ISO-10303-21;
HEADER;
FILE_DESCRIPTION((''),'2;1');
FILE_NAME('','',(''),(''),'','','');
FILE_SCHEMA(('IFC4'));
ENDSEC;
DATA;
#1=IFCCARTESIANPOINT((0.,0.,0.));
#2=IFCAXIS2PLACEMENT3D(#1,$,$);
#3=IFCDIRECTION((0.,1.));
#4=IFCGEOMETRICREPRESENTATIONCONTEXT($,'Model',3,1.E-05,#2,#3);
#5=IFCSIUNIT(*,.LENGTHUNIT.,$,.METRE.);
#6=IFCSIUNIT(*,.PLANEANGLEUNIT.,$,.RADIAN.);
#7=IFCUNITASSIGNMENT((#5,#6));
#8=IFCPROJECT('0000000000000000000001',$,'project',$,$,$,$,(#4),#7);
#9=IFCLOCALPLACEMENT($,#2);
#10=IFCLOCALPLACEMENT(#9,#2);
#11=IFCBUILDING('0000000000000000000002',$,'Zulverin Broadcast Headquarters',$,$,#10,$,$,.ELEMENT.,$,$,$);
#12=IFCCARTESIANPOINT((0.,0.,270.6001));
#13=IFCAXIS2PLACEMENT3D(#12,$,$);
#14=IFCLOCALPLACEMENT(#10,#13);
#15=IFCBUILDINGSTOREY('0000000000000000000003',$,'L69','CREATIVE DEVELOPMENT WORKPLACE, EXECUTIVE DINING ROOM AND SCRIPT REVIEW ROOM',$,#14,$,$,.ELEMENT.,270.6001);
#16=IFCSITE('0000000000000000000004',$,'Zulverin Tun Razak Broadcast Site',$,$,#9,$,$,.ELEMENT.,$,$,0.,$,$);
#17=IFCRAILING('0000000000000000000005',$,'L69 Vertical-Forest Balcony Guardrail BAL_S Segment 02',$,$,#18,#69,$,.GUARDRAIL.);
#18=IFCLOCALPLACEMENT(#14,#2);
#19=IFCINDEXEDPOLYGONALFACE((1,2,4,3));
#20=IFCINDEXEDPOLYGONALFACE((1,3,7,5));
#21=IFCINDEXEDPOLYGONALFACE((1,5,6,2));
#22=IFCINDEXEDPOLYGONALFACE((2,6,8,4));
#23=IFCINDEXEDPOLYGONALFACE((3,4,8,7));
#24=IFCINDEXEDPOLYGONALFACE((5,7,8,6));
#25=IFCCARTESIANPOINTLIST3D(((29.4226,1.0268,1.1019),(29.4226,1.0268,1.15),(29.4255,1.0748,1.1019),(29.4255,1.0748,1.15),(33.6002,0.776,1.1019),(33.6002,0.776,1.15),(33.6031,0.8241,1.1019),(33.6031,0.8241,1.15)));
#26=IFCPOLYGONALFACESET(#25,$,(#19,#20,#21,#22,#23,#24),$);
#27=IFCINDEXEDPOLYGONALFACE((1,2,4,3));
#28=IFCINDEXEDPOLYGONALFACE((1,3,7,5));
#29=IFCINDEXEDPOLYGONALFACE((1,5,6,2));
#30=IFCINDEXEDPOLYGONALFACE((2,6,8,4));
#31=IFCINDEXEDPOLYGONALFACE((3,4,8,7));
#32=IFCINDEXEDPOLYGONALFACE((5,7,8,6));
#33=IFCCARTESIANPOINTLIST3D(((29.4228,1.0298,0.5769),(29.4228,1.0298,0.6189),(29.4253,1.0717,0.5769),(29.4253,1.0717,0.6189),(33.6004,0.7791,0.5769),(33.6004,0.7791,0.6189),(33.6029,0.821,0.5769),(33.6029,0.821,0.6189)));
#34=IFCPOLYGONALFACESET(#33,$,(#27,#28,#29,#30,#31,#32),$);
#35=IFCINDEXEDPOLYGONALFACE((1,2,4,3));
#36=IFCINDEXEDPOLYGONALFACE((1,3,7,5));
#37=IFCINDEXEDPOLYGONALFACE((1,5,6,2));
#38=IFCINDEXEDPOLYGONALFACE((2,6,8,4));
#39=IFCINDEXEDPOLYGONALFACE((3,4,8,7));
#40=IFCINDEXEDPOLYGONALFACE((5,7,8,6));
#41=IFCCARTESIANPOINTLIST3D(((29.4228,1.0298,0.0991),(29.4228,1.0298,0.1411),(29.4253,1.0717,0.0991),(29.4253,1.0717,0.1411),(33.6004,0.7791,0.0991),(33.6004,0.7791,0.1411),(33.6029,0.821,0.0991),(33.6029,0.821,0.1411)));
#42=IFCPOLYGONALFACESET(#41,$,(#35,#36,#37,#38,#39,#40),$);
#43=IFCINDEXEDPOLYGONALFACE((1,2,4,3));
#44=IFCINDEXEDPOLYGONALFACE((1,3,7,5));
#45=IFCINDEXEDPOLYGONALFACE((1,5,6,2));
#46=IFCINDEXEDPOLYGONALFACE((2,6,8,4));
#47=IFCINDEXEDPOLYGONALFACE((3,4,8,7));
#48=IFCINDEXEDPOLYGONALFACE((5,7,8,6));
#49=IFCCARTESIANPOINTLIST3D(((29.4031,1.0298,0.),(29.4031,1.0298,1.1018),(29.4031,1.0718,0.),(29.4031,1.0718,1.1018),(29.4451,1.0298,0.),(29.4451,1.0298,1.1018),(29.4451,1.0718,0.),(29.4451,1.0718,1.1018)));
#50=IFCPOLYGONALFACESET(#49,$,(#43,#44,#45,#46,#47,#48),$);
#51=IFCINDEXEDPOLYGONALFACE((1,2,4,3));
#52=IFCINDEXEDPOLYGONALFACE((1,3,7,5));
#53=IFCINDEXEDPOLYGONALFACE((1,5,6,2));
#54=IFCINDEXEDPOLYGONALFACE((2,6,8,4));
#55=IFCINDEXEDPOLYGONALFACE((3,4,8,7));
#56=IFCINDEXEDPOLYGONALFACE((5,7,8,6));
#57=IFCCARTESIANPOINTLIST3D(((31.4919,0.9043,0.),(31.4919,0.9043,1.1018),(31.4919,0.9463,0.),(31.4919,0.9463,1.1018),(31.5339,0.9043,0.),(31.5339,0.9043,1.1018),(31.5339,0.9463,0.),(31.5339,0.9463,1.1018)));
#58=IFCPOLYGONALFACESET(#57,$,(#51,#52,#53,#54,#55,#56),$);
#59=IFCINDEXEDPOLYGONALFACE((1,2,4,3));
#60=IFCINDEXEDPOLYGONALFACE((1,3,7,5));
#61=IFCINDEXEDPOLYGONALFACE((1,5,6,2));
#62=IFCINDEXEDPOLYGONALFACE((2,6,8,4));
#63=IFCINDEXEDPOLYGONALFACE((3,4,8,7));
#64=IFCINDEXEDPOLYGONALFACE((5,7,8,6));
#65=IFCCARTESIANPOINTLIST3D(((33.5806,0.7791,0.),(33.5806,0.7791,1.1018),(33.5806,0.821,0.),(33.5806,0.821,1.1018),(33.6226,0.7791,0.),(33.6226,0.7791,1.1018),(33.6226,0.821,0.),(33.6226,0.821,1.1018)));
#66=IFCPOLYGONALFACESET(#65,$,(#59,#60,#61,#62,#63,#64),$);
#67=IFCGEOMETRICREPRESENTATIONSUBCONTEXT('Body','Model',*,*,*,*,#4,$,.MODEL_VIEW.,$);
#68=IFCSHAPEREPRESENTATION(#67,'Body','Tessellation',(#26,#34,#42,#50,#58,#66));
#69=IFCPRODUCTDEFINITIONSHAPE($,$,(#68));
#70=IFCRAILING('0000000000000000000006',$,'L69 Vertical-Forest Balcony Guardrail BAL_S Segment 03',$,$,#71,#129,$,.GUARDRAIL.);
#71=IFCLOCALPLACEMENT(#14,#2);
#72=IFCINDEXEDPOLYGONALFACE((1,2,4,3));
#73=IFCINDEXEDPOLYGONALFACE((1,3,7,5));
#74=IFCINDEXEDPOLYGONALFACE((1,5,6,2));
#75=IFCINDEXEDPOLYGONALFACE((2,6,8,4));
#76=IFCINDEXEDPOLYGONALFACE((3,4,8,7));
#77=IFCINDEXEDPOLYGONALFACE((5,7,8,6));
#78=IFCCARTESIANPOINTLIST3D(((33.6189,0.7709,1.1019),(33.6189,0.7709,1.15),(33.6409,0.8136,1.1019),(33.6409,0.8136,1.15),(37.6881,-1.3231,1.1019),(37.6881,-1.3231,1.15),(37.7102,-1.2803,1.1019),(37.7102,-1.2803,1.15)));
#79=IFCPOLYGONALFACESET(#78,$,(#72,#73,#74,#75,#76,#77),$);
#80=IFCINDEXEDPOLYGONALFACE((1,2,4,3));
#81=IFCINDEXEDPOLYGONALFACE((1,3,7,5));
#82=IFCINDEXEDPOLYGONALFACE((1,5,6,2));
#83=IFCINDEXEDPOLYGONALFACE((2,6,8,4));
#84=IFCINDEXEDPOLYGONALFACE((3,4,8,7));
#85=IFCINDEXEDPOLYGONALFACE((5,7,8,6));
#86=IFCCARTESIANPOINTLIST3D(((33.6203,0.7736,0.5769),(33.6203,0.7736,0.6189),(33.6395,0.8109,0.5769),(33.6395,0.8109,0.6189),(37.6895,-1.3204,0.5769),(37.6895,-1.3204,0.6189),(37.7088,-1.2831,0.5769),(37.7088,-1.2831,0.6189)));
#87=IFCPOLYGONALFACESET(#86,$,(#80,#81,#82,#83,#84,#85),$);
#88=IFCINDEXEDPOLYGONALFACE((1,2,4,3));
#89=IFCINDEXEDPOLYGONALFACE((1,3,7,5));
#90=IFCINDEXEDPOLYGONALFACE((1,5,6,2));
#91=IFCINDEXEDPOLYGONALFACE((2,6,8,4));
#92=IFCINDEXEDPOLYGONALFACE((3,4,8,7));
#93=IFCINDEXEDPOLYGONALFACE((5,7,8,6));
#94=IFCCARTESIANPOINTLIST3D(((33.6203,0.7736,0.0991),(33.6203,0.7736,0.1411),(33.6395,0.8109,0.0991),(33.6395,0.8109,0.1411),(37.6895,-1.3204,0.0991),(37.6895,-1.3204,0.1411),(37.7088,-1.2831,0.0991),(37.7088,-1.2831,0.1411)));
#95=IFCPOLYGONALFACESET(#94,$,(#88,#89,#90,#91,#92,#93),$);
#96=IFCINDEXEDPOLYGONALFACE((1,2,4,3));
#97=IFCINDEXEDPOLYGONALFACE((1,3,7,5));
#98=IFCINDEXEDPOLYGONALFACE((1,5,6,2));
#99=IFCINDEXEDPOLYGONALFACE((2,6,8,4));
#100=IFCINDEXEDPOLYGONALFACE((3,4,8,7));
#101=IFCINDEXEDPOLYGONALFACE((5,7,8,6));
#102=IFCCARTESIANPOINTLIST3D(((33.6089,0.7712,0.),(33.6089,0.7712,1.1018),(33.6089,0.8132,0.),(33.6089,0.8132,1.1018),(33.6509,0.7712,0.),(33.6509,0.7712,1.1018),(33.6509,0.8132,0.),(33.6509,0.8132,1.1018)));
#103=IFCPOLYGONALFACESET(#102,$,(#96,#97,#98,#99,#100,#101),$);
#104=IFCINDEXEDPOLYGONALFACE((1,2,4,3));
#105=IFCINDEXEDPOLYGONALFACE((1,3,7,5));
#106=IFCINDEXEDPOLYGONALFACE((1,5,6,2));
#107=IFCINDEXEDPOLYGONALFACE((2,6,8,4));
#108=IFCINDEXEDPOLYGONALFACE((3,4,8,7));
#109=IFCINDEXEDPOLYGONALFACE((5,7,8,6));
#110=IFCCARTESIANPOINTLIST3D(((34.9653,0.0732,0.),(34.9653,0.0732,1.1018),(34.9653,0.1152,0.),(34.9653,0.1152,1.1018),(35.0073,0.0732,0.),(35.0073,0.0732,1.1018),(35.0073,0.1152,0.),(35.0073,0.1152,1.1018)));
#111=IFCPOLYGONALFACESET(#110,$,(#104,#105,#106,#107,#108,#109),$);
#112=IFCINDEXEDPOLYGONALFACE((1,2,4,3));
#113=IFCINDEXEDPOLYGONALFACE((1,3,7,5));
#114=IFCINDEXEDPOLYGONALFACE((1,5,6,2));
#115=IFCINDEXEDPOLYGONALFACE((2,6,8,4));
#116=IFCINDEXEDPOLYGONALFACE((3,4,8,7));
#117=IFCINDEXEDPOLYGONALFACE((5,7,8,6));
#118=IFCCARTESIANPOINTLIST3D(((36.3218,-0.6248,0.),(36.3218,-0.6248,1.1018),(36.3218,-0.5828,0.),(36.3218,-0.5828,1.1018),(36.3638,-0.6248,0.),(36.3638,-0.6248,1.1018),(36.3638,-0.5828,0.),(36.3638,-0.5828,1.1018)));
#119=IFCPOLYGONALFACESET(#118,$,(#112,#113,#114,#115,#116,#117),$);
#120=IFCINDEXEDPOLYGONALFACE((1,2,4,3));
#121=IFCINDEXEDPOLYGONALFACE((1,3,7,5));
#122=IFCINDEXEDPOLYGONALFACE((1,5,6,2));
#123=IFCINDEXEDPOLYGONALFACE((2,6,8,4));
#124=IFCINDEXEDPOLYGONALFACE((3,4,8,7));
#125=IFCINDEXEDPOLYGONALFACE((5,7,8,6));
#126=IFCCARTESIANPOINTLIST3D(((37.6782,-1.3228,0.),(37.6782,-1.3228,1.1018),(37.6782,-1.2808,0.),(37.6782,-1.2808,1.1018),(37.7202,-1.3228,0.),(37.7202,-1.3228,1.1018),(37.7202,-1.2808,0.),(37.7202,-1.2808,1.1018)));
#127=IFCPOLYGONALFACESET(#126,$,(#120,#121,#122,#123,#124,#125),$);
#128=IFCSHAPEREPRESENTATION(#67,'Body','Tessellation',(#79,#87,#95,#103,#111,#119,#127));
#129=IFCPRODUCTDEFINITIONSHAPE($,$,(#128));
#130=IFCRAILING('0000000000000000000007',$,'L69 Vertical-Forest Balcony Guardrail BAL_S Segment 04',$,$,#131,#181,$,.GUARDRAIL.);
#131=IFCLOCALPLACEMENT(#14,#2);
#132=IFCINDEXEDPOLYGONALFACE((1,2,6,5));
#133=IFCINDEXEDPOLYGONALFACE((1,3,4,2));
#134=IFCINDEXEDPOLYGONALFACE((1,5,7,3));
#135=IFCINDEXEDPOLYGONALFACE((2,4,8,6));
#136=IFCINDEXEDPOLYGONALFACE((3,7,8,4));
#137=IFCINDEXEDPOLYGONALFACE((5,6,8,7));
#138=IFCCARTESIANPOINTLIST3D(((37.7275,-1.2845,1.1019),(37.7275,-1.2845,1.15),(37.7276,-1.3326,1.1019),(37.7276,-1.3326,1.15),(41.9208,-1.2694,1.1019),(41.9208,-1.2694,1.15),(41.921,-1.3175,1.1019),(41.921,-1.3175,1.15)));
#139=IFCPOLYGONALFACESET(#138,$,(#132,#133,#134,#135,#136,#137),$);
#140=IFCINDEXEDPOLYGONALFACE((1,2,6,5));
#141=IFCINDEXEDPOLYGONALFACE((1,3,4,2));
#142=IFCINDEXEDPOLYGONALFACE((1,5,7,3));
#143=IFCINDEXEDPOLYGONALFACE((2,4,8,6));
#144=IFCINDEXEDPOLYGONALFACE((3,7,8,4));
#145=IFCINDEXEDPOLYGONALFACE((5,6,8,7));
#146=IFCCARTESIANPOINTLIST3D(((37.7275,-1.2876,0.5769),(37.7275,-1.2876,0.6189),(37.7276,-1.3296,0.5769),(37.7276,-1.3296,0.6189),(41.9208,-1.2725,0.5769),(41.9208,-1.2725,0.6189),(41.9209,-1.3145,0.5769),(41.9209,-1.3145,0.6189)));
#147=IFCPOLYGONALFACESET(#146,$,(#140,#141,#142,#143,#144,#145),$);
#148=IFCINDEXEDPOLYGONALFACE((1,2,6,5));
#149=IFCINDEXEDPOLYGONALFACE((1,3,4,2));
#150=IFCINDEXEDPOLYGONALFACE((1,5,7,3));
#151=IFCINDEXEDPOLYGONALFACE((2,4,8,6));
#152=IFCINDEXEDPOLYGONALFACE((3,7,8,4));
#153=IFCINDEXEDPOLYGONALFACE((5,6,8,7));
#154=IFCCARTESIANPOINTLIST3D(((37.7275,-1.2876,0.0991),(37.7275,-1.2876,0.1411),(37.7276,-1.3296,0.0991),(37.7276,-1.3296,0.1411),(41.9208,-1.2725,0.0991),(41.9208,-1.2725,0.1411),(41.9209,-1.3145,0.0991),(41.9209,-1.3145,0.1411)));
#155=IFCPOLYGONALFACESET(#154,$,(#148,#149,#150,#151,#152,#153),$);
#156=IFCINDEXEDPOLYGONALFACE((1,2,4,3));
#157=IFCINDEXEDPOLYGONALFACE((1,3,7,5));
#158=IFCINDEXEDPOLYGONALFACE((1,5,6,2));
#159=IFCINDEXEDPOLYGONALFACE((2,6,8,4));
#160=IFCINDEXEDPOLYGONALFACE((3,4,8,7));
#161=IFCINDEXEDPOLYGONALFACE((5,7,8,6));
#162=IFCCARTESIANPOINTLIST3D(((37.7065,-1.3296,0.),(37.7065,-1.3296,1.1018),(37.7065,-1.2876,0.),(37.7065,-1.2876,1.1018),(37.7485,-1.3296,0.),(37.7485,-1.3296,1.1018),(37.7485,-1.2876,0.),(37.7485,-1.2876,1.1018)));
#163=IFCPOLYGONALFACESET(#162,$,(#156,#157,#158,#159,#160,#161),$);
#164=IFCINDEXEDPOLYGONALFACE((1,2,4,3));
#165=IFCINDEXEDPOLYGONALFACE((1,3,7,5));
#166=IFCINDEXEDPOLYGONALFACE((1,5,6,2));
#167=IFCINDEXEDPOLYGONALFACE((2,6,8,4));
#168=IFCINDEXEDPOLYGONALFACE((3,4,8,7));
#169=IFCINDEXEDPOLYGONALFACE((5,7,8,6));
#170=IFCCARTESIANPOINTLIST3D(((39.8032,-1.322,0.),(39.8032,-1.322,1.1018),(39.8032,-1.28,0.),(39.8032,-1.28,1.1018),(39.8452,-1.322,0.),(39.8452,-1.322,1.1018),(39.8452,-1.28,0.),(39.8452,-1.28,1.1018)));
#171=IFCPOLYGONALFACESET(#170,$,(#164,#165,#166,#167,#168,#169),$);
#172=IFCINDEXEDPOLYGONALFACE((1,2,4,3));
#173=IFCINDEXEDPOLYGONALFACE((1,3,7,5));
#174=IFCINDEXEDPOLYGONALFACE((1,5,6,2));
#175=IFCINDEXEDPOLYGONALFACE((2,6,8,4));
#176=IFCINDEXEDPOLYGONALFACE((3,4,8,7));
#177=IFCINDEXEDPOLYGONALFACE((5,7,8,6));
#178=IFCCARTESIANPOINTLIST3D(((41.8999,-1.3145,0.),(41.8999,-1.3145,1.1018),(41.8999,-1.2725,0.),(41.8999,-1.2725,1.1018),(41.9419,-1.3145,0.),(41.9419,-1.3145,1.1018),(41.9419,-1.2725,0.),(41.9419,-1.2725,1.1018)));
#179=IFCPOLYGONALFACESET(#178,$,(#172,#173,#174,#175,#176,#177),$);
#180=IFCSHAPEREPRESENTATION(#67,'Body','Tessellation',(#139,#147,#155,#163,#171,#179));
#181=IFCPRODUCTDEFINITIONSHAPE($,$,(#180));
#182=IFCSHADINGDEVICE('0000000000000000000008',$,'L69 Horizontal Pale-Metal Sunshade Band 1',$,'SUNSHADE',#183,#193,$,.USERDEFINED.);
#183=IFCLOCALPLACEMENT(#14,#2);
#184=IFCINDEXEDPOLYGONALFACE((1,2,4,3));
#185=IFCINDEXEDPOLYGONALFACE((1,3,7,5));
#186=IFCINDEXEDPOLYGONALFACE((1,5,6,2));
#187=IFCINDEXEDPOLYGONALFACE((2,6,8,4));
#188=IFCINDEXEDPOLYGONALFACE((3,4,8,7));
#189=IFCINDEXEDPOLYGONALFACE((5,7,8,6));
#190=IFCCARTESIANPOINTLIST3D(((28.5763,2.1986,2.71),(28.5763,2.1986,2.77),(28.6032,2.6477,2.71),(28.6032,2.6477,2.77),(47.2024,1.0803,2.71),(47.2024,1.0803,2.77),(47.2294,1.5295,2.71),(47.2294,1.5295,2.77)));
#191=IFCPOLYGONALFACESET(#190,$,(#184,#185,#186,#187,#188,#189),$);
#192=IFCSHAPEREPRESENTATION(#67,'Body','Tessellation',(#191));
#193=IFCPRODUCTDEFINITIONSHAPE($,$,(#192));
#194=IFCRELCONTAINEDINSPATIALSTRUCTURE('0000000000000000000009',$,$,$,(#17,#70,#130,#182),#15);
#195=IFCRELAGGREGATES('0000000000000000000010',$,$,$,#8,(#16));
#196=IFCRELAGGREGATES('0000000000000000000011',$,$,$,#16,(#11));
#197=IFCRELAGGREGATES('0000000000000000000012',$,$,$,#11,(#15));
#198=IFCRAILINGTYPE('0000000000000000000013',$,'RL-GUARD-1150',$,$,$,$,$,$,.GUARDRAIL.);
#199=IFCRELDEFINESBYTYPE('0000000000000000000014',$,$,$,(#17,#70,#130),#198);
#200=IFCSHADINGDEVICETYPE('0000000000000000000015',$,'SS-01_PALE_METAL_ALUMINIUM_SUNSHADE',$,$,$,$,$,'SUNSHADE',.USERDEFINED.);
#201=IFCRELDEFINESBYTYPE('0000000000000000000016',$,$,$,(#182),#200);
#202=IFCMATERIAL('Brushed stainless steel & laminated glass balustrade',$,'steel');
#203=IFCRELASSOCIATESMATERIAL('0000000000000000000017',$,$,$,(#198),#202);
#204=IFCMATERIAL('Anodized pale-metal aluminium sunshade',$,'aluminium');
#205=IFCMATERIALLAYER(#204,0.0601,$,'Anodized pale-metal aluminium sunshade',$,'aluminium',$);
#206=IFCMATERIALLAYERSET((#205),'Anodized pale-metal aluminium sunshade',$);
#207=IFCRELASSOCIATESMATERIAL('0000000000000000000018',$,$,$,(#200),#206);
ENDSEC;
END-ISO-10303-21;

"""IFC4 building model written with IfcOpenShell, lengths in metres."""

from ifc_helpers import new_model, si_unit, direction, frame, origin, origin_2d, place, context, subcontext, project, spatial, rectangle, extrude, material, layer, layer_set, type_object, element, save


model = new_model("IFC4")

# Units and contexts
model_context = context("Model", 3, precision=1e-05, world=origin(), true_north=direction((0.0, 1.0)))
body_context = subcontext(model_context, "Body", "Model", "MODEL_VIEW")
ifc_project = project(units=[si_unit("LENGTHUNIT", "METRE"), si_unit("PLANEANGLEUNIT", "RADIAN")], contexts=[model_context])

# Site, building, storey
site_placement = place(None, origin())
site = spatial("IfcSite", under=ifc_project, at=site_placement, Name="Zulverin Tun Razak Broadcast Site", CompositionType="ELEMENT", RefElevation=0.0)
building_placement = place(site_placement, origin())
building = spatial("IfcBuilding", under=site, at=building_placement, Name="Zulverin Broadcast Headquarters", CompositionType="ELEMENT")
storey_placement = place(building_placement, frame((0.0, 0.0, 270.6001)))
storey = spatial("IfcBuildingStorey", under=building, at=storey_placement, Name="L69", Description="CREATIVE DEVELOPMENT WORKPLACE, EXECUTIVE DINING ROOM AND SCRIPT REVIEW ROOM", CompositionType="ELEMENT", Elevation=270.6001)

# Railings
ifc_material_1 = material(Name="Brushed stainless steel & laminated glass balustrade", Category="steel")
railing_type = type_object("IfcRailingType", Name="RL-GUARD-1150", PredefinedType="GUARDRAIL", material=ifc_material_1)
railing_1_placement = place(storey_placement, frame((29.4241, 1.0508, 0.0)))
element("IfcRailing", 1, at=railing_1_placement, inside=storey, type_object=railing_type, Name="L69 Vertical-Forest Balcony Guardrail BAL_S Segment 02", PredefinedType="GUARDRAIL", context=body_context, shape_type="SweptSolid", body=[
    extrude(rectangle(XDim=0.0481, YDim=0.0481, at=origin_2d()), frame((0.0, 0.0, 1.126), z_axis=(0.998204, -0.059912, 0.0), x_axis=(0.059912, 0.998204, 0.0)), (0.0, 0.0, 1.0), 4.1851),
    extrude(rectangle(XDim=0.042, YDim=0.042, at=origin_2d()), frame((0.0, 0.0, 0.5979), z_axis=(0.998204, -0.059912, 0.0), x_axis=(0.059912, 0.998204, 0.0)), (0.0, 0.0, 1.0), 4.1851),
    extrude(rectangle(XDim=0.042, YDim=0.042, at=origin_2d()), frame((0.0, 0.0, 0.1201), z_axis=(0.998204, -0.059912, 0.0), x_axis=(0.059912, 0.998204, 0.0)), (0.0, 0.0, 1.0), 4.1851),
    extrude(rectangle(XDim=0.042, YDim=0.042, at=origin_2d()), origin(), (0.0, 0.0, 1.0), 1.1018),
    extrude(rectangle(XDim=0.042, YDim=0.042, at=origin_2d()), frame((2.0889, -0.1255, 0.0)), (0.0, 0.0, 1.0), 1.1018),
    extrude(rectangle(XDim=0.042, YDim=0.042, at=origin_2d()), frame((4.1775, -0.2507, 0.0)), (0.0, 0.0, 1.0), 1.1018),
])
railing_2_placement = place(storey_placement, frame((33.6299, 0.7922, 0.0)))
element("IfcRailing", 2, at=railing_2_placement, inside=storey, type_object=railing_type, Name="L69 Vertical-Forest Balcony Guardrail BAL_S Segment 03", PredefinedType="GUARDRAIL", context=body_context, shape_type="SweptSolid", body=[
    extrude(rectangle(XDim=0.0481, YDim=0.0481, at=origin_2d()), frame((0.0, 0.0, 1.126), z_axis=(0.889182, -0.457554, 0.0), x_axis=(0.457554, 0.889182, 0.0)), (0.0, 0.0, 1.0), 4.5764),
    extrude(rectangle(XDim=0.042, YDim=0.042, at=origin_2d()), frame((0.0, 0.0, 0.5979), z_axis=(0.889182, -0.457554, 0.0), x_axis=(0.457554, 0.889182, 0.0)), (0.0, 0.0, 1.0), 4.5764),
    extrude(rectangle(XDim=0.042, YDim=0.042, at=origin_2d()), frame((0.0, 0.0, 0.1201), z_axis=(0.889182, -0.457554, 0.0), x_axis=(0.457554, 0.889182, 0.0)), (0.0, 0.0, 1.0), 4.5764),
    extrude(rectangle(XDim=0.042, YDim=0.042, at=origin_2d()), origin(), (0.0, 0.0, 1.0), 1.1018),
    extrude(rectangle(XDim=0.042, YDim=0.042, at=origin_2d()), frame((1.3564, -0.698, 0.0)), (0.0, 0.0, 1.0), 1.1018),
    extrude(rectangle(XDim=0.042, YDim=0.042, at=origin_2d()), frame((2.7129, -1.396, 0.0)), (0.0, 0.0, 1.0), 1.1018),
    extrude(rectangle(XDim=0.042, YDim=0.042, at=origin_2d()), frame((4.0693, -2.094, 0.0)), (0.0, 0.0, 1.0), 1.1018),
])
railing_3_placement = place(storey_placement, frame((37.7275, -1.3086, 0.0)))
element("IfcRailing", 3, at=railing_3_placement, inside=storey, type_object=railing_type, Name="L69 Vertical-Forest Balcony Guardrail BAL_S Segment 04", PredefinedType="GUARDRAIL", context=body_context, shape_type="SweptSolid", body=[
    extrude(rectangle(XDim=0.0481, YDim=0.0481, at=origin_2d()), frame((0.0, 0.0, 1.126), z_axis=(0.999993, 0.00361, 0.0), x_axis=(-0.00361, 0.999993, 0.0)), (0.0, 0.0, 1.0), 4.1934),
    extrude(rectangle(XDim=0.042, YDim=0.042, at=origin_2d()), frame((0.0, 0.0, 0.5979), z_axis=(0.999993, 0.00361, 0.0), x_axis=(-0.00361, 0.999993, 0.0)), (0.0, 0.0, 1.0), 4.1934),
    extrude(rectangle(XDim=0.042, YDim=0.042, at=origin_2d()), frame((0.0, 0.0, 0.1201), z_axis=(0.999993, 0.00361, 0.0), x_axis=(-0.00361, 0.999993, 0.0)), (0.0, 0.0, 1.0), 4.1934),
    extrude(rectangle(XDim=0.042, YDim=0.042, at=origin_2d()), origin(), (0.0, 0.0, 1.0), 1.1018),
    extrude(rectangle(XDim=0.042, YDim=0.042, at=origin_2d()), frame((2.0967, 0.0076, 0.0)), (0.0, 0.0, 1.0), 1.1018),
    extrude(rectangle(XDim=0.042, YDim=0.042, at=origin_2d()), frame((4.1934, 0.0151, 0.0)), (0.0, 0.0, 1.0), 1.1018),
])

# Shading device
ifc_material_2 = material(Name="Anodized pale-metal aluminium sunshade", Category="aluminium")
ifc_layer_1 = layer(ifc_material_2, 0.0601, Name="Anodized pale-metal aluminium sunshade", Category="aluminium")
ifc_layer_set_1 = layer_set([ifc_layer_1], Name="Anodized pale-metal aluminium sunshade")
shading_device_type = type_object("IfcShadingDeviceType", Name="SS-01_PALE_METAL_ALUMINIUM_SUNSHADE", ElementType="SUNSHADE", PredefinedType="USERDEFINED", material=ifc_layer_set_1)
shading_device_placement = place(storey_placement, frame((37.9028, 1.864, 2.71), z_axis=(0.0, 0.0, 1.0), x_axis=(0.998203, -0.059928, 0.0)))
element("IfcShadingDevice", 4, at=shading_device_placement, inside=storey, type_object=shading_device_type, Name="L69 Horizontal Pale-Metal Sunshade Band 1", ObjectType="SUNSHADE", PredefinedType="USERDEFINED", context=body_context, shape_type="SweptSolid", body=[
    extrude(rectangle(XDim=18.6597, YDim=0.45, at=origin_2d()), origin(), (0.0, 0.0, 1.0), 0.0601),
])

save(model, "model.ifc")
